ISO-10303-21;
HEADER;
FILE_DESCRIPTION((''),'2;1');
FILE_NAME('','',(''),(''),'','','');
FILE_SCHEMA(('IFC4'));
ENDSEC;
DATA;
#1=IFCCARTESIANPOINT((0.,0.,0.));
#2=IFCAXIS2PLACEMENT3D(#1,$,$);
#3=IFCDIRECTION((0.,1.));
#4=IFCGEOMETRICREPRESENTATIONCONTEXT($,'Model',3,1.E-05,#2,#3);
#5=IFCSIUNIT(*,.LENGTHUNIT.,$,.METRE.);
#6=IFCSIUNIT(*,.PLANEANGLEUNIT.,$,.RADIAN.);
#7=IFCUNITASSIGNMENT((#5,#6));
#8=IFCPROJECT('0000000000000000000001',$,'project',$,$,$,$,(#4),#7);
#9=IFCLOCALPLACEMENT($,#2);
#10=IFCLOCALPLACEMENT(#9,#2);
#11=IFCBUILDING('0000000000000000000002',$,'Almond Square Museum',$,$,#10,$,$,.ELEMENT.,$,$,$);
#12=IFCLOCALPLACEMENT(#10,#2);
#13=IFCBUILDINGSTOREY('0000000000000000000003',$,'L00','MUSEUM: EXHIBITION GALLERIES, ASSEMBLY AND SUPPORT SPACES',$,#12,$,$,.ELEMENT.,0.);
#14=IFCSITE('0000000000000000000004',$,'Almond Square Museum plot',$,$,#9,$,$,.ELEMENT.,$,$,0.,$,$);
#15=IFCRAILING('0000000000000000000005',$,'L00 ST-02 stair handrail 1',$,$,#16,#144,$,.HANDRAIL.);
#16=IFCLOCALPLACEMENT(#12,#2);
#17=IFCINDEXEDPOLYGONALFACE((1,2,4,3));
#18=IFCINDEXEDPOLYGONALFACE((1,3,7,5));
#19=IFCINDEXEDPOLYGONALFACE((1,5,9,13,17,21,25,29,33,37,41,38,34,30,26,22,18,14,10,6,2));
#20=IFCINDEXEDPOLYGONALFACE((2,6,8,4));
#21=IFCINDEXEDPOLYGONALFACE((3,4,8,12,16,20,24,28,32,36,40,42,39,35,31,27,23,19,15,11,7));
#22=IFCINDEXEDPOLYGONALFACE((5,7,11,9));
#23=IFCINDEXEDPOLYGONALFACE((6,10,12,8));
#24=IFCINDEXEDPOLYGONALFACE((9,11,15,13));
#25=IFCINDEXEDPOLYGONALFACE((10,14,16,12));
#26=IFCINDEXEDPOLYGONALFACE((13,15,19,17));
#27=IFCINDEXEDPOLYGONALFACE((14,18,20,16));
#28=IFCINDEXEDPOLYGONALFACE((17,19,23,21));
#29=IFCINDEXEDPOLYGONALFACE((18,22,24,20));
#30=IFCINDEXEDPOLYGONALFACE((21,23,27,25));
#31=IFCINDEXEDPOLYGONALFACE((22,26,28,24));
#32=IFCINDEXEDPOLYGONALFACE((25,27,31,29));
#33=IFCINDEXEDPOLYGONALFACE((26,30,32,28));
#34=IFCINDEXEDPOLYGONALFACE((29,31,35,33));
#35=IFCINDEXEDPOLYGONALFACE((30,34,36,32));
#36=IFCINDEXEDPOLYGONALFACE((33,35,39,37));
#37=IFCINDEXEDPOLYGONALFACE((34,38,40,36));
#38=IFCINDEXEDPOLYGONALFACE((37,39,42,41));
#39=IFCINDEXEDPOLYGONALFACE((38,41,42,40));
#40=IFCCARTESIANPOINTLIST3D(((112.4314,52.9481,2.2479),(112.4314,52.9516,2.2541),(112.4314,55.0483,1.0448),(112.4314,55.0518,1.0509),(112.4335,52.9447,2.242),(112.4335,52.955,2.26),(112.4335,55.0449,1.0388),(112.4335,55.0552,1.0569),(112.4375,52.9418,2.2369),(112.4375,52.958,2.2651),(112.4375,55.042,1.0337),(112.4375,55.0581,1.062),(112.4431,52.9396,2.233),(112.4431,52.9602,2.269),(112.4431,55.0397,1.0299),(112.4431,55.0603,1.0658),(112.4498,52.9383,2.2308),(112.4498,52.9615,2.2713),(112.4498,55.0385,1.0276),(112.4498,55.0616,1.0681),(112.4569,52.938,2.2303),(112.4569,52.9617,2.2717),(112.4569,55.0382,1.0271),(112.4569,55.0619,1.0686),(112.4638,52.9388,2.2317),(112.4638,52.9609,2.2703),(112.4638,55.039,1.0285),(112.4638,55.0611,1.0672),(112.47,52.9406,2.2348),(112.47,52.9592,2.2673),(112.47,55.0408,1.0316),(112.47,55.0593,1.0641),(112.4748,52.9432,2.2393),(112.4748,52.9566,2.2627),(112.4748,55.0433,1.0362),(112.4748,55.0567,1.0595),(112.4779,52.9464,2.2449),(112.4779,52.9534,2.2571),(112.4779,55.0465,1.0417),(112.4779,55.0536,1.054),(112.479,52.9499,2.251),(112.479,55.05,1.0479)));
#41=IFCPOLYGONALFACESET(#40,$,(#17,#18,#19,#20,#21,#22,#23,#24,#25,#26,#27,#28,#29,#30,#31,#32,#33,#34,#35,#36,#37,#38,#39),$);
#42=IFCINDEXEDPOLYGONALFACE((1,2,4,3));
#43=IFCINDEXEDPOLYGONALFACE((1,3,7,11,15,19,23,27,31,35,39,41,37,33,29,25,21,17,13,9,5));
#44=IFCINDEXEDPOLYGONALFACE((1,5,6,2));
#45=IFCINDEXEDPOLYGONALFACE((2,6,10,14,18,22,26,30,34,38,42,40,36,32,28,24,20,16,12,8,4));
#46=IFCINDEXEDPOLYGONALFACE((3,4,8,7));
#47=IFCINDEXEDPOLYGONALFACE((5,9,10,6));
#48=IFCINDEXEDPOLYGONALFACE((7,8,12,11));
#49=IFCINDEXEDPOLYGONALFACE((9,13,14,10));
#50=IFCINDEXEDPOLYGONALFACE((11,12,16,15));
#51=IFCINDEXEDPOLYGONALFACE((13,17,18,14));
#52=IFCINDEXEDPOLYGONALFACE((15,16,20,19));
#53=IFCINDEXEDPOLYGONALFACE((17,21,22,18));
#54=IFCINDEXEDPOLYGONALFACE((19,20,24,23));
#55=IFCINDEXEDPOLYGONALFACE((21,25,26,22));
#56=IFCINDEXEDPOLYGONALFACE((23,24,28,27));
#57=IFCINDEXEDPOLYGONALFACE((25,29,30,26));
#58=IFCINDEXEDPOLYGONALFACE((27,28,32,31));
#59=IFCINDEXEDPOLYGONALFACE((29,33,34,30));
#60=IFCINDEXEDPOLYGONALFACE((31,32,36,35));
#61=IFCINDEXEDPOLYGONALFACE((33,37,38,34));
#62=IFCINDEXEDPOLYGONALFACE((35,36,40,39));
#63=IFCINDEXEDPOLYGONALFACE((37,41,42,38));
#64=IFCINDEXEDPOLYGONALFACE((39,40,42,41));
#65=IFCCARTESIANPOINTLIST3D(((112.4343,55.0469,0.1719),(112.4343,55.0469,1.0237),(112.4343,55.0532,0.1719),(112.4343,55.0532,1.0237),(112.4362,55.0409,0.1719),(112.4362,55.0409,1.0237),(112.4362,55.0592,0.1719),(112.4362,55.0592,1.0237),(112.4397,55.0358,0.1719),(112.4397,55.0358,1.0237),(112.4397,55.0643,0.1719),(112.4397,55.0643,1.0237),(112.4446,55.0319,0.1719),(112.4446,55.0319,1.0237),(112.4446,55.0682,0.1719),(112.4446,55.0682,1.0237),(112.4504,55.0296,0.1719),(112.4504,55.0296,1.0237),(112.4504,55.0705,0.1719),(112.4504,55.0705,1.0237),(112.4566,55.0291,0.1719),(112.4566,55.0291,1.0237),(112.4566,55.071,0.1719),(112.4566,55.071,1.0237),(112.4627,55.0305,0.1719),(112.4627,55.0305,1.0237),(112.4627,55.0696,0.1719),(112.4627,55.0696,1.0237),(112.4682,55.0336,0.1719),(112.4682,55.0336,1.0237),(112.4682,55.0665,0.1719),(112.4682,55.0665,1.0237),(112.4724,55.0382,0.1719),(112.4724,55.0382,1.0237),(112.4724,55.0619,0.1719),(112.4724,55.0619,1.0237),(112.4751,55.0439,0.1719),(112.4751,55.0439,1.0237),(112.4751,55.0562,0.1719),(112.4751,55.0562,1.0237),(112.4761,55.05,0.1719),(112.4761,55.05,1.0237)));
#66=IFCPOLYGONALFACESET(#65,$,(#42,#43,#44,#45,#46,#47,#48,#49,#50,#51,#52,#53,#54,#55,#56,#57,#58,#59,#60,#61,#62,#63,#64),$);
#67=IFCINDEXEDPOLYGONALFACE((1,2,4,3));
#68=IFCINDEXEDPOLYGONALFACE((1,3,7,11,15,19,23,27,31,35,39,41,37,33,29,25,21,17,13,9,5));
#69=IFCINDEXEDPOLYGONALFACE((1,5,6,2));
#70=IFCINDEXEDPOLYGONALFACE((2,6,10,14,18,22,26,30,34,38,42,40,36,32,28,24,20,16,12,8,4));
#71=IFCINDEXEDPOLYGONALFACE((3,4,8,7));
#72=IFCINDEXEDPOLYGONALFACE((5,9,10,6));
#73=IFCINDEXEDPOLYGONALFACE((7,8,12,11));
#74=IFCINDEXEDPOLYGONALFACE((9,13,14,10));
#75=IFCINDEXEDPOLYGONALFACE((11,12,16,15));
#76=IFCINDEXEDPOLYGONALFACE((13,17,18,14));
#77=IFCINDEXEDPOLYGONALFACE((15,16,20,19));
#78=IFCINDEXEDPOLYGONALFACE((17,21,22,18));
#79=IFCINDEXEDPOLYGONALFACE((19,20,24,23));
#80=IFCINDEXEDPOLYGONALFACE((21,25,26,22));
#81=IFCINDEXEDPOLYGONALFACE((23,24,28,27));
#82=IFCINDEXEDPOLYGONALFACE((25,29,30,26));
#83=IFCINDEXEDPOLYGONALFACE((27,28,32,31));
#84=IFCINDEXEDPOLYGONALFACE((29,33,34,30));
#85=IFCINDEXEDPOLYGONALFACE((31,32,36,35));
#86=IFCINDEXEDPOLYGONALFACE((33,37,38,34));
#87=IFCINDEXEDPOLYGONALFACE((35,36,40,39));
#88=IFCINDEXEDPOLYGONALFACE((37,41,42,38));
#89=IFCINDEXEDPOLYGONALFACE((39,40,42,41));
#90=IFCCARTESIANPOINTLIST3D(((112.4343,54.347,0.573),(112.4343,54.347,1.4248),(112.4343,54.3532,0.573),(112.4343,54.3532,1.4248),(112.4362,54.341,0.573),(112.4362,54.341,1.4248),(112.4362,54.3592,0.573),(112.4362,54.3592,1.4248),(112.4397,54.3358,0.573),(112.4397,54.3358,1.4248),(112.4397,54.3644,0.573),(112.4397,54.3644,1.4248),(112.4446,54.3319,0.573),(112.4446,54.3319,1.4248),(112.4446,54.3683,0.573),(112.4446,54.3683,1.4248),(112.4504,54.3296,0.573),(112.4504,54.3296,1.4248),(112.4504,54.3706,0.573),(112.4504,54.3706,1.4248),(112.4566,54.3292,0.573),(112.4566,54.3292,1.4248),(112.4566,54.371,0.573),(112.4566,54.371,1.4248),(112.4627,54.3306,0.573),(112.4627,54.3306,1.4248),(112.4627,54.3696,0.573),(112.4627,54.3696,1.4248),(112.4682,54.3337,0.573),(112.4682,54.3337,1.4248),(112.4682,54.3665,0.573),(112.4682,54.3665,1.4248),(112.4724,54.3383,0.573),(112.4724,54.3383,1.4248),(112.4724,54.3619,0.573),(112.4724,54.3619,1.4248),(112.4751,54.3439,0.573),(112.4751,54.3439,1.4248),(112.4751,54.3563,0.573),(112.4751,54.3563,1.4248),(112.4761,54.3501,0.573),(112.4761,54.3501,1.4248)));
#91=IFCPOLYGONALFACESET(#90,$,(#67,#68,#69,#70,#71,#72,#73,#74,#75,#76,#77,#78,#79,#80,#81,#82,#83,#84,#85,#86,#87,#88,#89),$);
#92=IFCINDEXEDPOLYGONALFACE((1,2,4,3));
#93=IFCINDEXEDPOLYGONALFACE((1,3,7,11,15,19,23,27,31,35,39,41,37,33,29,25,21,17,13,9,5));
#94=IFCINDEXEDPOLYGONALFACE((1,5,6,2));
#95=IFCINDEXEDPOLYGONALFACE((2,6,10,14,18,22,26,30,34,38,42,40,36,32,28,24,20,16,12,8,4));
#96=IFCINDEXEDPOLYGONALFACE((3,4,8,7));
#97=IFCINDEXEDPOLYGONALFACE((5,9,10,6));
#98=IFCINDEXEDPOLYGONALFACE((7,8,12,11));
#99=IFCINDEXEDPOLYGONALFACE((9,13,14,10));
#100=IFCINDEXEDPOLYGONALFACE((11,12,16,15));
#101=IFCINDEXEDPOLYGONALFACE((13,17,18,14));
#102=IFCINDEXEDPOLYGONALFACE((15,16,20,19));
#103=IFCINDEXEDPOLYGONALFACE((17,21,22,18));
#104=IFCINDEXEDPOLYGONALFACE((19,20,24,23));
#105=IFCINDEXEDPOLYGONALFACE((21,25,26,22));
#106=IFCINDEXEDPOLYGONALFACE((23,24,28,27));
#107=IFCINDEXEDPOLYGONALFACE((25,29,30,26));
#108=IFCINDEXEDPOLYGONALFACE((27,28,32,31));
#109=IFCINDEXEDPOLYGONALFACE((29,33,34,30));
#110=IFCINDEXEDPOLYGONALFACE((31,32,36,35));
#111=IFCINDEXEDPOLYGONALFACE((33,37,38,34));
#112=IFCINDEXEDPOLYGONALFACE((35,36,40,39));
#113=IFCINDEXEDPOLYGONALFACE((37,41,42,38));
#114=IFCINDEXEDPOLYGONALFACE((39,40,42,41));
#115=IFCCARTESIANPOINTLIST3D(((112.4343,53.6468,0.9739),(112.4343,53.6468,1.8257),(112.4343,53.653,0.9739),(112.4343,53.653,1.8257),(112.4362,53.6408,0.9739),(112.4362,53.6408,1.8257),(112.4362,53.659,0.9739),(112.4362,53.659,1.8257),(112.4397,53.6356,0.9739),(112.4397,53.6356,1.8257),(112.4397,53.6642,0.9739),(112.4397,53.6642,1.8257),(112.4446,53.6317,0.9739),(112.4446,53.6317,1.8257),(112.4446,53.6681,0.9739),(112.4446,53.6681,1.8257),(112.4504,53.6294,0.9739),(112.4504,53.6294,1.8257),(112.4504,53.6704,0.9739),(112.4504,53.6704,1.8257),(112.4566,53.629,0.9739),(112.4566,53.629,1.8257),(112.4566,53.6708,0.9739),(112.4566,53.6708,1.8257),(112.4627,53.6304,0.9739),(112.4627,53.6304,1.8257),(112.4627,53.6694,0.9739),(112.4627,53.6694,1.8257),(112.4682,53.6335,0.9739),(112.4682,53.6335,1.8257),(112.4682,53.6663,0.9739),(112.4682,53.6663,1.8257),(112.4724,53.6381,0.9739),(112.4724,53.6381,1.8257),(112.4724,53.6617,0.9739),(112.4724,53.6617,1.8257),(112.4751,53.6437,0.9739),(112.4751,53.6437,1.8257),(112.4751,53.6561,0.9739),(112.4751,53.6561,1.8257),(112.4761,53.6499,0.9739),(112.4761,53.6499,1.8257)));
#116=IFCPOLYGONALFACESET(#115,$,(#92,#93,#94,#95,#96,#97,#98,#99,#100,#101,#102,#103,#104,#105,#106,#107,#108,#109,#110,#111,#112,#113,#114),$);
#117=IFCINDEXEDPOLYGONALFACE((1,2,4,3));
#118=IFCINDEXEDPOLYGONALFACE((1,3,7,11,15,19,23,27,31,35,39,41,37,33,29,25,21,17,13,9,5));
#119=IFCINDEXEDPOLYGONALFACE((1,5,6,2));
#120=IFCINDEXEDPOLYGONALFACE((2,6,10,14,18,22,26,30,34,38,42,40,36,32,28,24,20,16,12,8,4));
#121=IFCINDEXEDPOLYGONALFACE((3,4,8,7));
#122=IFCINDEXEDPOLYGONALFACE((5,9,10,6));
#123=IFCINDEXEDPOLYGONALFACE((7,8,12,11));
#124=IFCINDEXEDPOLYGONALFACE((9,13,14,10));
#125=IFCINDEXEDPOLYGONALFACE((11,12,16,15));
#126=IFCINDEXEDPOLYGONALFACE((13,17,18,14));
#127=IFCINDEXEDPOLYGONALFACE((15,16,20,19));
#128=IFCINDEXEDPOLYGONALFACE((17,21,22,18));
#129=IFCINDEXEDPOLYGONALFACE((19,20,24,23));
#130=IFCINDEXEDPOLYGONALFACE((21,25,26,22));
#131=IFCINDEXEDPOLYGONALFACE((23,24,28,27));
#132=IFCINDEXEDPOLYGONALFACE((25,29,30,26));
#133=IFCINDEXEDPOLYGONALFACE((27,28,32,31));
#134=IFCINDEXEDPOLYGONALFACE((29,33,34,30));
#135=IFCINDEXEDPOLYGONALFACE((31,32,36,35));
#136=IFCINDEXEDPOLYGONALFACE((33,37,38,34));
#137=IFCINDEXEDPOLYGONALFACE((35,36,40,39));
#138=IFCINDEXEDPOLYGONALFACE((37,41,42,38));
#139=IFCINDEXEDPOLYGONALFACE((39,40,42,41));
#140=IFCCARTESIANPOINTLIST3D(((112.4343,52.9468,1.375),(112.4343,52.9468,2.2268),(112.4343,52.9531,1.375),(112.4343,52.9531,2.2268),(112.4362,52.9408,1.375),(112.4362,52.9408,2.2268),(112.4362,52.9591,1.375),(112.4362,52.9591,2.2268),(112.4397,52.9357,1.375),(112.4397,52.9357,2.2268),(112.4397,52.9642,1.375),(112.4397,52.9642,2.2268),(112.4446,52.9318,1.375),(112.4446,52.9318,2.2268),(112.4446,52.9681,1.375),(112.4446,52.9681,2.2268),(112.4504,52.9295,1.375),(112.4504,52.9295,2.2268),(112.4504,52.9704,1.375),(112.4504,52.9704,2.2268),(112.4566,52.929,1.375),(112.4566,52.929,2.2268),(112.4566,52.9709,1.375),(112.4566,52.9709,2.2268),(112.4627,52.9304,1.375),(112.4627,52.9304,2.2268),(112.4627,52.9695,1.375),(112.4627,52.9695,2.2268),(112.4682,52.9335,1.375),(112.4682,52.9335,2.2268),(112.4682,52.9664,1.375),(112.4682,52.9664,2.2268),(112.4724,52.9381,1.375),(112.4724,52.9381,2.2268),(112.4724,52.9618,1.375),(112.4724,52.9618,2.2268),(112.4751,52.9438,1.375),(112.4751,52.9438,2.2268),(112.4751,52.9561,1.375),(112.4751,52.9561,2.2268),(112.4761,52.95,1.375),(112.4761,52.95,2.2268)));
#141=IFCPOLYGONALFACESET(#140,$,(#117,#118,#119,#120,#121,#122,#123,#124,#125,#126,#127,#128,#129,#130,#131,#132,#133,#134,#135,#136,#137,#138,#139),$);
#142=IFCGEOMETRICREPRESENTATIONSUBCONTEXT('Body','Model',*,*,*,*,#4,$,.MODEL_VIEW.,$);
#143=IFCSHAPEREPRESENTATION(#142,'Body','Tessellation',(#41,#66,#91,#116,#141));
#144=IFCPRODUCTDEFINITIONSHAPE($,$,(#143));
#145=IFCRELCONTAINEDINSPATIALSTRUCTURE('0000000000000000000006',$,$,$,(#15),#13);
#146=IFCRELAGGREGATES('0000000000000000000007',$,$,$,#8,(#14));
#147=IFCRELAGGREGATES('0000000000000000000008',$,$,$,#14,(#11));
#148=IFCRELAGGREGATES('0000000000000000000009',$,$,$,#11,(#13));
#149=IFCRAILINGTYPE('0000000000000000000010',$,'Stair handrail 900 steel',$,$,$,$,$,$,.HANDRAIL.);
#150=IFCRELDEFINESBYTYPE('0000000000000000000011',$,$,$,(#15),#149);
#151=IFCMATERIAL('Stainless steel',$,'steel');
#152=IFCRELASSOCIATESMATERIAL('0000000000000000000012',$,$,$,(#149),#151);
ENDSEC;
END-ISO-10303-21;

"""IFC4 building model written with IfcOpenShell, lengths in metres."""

from ifc_helpers import new_model, si_unit, direction, frame, origin, origin_2d, place, context, subcontext, project, spatial, circle, extrude, material, type_object, element, save


model = new_model("IFC4")

# Units and contexts
model_context = context("Model", 3, precision=1e-05, world=origin(), true_north=direction((0.0, 1.0)))
body_context = subcontext(model_context, "Body", "Model", "MODEL_VIEW")
ifc_project = project(units=[si_unit("LENGTHUNIT", "METRE"), si_unit("PLANEANGLEUNIT", "RADIAN")], contexts=[model_context])

# Site, building, storey
site_placement = place(None, origin())
site = spatial("IfcSite", under=ifc_project, at=site_placement, Name="Almond Square Museum plot", CompositionType="ELEMENT", RefElevation=0.0)
building_placement = place(site_placement, origin())
building = spatial("IfcBuilding", under=site, at=building_placement, Name="Almond Square Museum", CompositionType="ELEMENT")
storey_placement = place(building_placement, origin())
storey = spatial("IfcBuildingStorey", under=building, at=storey_placement, Name="L00", Description="MUSEUM: EXHIBITION GALLERIES, ASSEMBLY AND SUPPORT SPACES", CompositionType="ELEMENT", Elevation=0.0)

# Railing
ifc_material_1 = material(Name="Stainless steel", Category="steel")
railing_type_1 = type_object("IfcRailingType", Name="Stair handrail 900 steel", PredefinedType="HANDRAIL", material=ifc_material_1)
railing_1_placement = place(storey_placement, frame((112.4551, 55.05, 0.1719)))
element("IfcRailing", 1, at=railing_1_placement, inside=storey, type_object=railing_type_1, Name="L00 ST-02 stair handrail 1", PredefinedType="HANDRAIL", context=body_context, shape_type="SweptSolid", body=[
    extrude(circle(Radius=0.0239, at=origin_2d()), frame((0.0, 0.0, 0.876), z_axis=(0.0, -0.867696, 0.497095), x_axis=(1.0, 0.0, 0.0)), (0.0, 0.0, 1.0), 2.4204),
    extrude(circle(Radius=0.021, at=origin_2d()), origin(), (0.0, 0.0, 1.0), 0.8518),
    extrude(circle(Radius=0.021, at=origin_2d()), frame((0.0, -0.7, 0.4011)), (0.0, 0.0, 1.0), 0.8518),
    extrude(circle(Radius=0.021, at=origin_2d()), frame((0.0, -1.4001, 0.802)), (0.0, 0.0, 1.0), 0.8518),
    extrude(circle(Radius=0.021, at=origin_2d()), frame((0.0, -2.1001, 1.2031)), (0.0, 0.0, 1.0), 0.8518),
])

save(model, "model.ifc")
